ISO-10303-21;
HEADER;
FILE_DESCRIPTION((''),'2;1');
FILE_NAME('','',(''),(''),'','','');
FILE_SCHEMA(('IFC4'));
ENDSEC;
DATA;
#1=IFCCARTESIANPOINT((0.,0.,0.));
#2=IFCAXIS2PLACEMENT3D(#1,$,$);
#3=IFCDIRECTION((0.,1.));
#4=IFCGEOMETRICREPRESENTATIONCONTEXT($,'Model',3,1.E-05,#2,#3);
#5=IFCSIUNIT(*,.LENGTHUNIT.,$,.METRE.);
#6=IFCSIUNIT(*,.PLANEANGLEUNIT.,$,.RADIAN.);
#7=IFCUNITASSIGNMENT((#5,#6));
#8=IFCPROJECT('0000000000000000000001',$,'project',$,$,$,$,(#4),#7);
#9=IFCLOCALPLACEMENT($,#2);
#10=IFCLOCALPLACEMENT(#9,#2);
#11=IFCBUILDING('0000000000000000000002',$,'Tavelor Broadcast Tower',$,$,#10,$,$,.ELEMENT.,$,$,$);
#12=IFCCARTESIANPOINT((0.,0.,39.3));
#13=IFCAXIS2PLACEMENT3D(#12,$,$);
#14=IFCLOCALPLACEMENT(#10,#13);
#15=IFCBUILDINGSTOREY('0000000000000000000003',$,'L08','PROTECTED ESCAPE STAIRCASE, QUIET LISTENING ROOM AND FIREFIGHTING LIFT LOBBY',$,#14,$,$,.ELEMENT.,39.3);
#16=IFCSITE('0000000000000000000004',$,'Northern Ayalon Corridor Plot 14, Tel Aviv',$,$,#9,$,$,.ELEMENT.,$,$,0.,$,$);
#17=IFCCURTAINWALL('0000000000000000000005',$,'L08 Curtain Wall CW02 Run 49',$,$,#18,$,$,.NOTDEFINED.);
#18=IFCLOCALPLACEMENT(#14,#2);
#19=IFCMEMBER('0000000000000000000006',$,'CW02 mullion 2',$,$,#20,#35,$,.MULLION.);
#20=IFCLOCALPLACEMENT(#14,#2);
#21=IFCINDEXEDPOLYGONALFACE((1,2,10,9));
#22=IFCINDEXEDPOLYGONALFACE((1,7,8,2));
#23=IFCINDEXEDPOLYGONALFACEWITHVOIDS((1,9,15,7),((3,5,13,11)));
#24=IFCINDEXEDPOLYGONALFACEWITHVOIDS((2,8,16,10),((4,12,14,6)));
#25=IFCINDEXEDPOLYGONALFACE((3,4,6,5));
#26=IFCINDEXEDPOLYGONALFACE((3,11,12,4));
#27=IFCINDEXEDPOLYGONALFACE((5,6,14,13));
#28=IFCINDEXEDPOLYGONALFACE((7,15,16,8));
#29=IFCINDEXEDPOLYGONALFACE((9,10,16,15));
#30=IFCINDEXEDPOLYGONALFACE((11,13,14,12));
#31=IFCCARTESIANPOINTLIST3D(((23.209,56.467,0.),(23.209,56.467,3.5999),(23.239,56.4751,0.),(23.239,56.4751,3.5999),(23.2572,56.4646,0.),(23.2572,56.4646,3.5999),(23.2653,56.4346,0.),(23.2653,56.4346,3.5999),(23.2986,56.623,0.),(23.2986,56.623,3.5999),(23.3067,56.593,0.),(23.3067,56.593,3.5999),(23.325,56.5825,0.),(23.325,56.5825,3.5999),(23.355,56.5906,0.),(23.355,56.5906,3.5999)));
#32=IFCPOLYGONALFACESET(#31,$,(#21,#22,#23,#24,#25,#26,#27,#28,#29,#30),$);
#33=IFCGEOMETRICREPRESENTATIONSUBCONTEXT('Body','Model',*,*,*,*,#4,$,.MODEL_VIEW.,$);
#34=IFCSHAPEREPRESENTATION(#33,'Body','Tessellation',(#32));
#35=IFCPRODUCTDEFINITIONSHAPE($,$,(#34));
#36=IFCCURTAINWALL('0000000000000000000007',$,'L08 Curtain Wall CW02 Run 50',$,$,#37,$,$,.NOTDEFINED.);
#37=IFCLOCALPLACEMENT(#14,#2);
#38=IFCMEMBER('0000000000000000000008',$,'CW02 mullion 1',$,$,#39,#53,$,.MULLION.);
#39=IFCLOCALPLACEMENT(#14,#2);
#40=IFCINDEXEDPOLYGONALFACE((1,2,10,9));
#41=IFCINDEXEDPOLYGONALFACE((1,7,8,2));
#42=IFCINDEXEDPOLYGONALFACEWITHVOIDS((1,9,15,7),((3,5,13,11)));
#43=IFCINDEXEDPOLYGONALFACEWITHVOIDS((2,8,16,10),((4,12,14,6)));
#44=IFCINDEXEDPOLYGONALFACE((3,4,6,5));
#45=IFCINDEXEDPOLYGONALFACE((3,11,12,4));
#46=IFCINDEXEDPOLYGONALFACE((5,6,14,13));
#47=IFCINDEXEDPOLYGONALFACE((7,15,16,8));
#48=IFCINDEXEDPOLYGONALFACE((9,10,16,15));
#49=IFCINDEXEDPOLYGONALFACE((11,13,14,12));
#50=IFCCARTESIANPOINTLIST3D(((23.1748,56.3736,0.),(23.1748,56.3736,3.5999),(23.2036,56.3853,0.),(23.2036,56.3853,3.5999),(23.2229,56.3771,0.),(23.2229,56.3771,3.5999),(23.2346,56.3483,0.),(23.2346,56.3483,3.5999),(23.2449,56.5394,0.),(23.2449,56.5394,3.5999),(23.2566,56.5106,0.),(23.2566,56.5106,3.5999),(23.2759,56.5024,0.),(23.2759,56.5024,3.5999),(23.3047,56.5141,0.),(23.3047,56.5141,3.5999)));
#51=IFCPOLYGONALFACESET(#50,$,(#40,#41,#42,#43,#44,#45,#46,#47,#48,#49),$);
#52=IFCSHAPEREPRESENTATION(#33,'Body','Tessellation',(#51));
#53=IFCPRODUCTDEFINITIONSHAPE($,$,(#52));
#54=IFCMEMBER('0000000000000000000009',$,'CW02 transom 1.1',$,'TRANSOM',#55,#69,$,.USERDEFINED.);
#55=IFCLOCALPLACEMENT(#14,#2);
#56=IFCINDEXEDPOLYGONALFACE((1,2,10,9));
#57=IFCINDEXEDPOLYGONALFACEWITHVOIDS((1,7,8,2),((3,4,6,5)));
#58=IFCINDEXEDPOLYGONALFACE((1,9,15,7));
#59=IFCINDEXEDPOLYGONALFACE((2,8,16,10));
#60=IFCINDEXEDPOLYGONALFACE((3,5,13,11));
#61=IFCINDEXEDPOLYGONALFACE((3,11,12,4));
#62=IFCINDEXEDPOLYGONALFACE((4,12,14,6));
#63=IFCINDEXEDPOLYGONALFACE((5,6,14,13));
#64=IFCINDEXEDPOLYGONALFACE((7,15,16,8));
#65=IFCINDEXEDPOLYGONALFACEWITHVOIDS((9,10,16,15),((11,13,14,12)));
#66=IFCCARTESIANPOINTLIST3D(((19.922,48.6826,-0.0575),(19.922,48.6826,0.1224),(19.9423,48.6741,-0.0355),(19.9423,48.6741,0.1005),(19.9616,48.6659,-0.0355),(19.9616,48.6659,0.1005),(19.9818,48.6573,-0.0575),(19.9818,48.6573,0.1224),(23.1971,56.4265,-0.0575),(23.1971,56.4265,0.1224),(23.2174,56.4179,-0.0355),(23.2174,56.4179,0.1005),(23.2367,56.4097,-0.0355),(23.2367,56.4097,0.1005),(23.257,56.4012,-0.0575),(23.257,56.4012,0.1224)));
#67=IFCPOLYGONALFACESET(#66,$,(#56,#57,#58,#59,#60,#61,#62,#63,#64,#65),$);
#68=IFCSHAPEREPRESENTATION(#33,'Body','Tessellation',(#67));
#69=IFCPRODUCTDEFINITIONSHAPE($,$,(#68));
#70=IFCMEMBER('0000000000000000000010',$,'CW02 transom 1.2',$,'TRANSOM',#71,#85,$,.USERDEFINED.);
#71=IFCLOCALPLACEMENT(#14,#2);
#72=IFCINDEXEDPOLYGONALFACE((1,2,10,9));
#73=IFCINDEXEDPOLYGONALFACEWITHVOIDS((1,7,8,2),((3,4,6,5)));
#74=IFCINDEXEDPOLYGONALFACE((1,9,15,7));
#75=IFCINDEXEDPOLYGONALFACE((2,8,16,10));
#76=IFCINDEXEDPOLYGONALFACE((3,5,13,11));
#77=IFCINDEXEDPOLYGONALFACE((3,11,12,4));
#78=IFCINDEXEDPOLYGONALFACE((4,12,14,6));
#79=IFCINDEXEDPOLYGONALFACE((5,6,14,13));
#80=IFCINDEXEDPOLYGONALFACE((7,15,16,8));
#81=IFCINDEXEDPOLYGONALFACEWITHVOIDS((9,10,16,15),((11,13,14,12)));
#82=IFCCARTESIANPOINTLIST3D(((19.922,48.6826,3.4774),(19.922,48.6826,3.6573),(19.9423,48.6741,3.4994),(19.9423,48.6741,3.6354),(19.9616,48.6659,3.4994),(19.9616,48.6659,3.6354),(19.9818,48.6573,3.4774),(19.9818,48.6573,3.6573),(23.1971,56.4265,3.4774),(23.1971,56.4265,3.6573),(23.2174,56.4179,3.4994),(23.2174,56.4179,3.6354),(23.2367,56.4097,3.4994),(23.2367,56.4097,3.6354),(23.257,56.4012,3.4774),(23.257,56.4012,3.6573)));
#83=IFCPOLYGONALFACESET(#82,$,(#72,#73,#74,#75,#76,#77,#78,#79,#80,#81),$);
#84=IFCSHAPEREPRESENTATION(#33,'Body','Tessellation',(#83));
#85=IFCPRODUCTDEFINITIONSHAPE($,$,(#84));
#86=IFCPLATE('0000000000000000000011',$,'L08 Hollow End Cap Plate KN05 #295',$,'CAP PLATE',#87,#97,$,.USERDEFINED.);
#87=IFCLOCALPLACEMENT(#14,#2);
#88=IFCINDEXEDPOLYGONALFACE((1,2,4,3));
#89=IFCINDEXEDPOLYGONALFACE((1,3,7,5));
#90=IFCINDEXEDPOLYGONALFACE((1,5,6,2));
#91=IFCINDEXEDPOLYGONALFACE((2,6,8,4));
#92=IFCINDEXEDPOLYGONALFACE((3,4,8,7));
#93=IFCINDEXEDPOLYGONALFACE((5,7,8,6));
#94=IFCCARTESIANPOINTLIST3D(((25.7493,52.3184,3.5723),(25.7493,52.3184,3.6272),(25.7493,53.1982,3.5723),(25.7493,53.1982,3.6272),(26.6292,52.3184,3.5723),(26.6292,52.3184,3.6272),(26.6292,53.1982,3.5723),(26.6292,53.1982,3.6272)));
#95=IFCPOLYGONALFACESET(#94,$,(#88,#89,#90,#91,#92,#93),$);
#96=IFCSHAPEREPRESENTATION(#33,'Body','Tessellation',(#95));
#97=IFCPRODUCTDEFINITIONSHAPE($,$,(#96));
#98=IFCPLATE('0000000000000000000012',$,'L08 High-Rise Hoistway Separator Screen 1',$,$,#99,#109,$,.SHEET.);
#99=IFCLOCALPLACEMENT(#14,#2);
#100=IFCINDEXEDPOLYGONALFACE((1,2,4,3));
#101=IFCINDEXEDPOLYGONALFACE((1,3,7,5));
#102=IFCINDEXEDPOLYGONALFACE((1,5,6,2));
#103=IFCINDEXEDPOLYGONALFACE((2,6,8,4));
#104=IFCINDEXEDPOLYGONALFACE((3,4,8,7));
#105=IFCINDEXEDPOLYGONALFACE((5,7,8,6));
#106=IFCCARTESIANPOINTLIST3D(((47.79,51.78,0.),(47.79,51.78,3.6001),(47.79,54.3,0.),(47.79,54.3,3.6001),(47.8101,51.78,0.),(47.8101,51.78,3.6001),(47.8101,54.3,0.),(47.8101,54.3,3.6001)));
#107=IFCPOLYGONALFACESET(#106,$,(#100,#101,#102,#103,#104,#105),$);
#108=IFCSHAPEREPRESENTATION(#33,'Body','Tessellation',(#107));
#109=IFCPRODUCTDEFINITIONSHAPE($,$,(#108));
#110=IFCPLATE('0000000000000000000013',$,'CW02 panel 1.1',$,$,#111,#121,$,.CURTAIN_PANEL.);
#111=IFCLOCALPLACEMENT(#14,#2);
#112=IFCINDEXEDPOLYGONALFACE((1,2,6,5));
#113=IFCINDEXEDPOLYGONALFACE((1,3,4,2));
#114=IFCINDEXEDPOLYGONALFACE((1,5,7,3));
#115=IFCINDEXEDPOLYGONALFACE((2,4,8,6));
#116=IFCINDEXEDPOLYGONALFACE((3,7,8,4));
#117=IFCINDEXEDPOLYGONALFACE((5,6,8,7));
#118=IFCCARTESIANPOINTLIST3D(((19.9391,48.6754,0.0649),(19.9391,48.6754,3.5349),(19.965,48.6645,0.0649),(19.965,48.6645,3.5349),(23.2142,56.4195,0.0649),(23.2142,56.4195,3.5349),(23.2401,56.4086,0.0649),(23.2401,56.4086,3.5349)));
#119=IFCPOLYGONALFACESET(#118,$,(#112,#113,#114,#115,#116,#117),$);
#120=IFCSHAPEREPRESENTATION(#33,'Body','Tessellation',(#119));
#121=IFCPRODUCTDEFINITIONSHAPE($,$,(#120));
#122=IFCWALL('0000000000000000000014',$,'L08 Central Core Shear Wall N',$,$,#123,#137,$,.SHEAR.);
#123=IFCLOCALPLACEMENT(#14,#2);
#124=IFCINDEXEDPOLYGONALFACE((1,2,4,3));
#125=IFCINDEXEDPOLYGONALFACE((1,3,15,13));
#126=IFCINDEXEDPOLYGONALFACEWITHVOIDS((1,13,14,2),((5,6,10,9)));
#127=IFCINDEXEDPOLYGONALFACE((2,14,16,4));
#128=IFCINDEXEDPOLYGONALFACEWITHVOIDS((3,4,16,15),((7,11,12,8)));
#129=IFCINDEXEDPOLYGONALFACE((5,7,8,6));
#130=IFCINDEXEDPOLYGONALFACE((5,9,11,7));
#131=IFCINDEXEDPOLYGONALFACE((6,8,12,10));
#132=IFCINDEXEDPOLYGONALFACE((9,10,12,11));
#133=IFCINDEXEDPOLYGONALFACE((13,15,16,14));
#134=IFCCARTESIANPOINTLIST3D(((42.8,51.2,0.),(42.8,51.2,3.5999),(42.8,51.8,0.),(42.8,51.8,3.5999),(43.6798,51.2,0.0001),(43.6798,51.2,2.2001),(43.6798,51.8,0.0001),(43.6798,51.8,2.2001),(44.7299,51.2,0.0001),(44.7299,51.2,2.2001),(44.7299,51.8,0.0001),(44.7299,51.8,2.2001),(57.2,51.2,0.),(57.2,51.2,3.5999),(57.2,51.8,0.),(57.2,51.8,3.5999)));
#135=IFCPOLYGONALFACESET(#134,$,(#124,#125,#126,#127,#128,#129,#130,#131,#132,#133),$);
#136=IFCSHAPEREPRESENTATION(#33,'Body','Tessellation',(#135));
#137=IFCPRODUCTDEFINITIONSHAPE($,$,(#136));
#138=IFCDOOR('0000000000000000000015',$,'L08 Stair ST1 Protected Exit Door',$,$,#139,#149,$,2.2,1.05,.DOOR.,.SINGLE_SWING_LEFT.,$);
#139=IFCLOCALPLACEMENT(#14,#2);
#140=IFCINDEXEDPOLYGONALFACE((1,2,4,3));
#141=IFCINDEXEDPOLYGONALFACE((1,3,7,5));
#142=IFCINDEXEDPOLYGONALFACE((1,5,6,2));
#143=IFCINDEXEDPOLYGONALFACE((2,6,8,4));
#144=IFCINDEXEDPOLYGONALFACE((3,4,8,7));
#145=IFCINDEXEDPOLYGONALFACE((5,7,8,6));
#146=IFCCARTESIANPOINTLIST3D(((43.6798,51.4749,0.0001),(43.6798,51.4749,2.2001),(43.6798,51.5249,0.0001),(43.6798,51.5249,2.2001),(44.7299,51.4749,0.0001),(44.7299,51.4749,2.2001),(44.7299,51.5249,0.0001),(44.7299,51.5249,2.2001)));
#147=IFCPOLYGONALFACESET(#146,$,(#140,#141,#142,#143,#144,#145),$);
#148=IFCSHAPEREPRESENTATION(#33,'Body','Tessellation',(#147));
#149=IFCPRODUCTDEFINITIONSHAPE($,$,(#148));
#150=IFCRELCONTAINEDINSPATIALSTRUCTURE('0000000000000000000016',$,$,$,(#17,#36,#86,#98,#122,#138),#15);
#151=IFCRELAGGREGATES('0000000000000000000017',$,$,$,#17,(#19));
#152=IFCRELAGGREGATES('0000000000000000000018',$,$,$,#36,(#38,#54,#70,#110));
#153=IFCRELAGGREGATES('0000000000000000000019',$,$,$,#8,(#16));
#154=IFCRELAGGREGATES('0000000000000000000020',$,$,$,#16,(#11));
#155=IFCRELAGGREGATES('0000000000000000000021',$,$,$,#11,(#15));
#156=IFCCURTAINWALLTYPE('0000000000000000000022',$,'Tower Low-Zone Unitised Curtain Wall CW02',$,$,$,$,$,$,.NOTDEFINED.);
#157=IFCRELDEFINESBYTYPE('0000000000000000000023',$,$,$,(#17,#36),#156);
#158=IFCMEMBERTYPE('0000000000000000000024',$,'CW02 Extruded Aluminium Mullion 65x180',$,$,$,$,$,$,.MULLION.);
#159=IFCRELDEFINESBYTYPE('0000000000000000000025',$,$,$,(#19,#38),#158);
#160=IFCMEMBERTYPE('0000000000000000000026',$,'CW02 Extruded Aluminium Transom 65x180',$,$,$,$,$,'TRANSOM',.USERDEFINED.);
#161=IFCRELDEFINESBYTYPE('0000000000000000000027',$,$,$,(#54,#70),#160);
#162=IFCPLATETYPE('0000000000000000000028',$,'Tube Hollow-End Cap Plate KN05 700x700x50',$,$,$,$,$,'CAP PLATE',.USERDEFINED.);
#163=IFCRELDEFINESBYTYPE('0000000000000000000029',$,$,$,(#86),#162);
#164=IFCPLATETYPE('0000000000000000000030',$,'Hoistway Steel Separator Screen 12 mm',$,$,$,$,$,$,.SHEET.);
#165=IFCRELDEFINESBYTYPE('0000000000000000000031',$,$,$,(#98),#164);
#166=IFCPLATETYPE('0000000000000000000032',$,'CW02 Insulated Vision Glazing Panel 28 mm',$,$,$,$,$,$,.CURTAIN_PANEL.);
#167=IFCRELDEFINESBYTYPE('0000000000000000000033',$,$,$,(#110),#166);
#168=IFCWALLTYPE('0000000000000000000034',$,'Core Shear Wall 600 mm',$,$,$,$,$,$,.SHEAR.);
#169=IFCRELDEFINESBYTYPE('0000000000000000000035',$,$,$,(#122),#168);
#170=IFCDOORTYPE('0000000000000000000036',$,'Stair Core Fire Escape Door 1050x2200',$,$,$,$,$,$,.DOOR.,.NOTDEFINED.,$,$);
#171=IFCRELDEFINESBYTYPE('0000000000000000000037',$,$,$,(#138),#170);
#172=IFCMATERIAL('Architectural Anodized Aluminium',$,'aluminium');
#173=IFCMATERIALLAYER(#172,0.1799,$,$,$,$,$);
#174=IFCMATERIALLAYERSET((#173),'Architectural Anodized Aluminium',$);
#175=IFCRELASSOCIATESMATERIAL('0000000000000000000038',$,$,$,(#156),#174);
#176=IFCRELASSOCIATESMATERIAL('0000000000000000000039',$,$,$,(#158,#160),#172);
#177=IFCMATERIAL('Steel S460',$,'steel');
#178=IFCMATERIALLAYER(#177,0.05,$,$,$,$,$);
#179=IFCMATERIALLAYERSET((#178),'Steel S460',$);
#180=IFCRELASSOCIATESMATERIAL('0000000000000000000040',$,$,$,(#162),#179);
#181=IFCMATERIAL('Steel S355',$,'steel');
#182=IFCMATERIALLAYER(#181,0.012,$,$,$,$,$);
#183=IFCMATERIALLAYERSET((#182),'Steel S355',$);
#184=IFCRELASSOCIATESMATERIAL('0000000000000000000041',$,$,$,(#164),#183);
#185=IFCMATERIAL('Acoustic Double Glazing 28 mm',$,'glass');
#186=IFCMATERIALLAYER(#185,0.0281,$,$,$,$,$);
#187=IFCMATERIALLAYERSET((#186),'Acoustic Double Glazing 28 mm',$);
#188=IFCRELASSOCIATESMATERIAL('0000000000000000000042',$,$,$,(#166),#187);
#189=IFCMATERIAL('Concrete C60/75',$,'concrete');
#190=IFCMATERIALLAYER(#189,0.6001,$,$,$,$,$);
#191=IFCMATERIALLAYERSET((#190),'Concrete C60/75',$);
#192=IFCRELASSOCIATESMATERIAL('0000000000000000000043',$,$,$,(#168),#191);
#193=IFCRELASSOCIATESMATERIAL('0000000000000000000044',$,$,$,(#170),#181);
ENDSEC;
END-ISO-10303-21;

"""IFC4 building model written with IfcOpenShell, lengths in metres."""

from ifc_helpers import new_model, si_unit, direction, frame, frame_2d, origin, origin_2d, place, context, subcontext, project, spatial, rectangle, hollow_rectangle, extrude, source, transform, mapped, material, layer, layer_set, material_profile, profile_set, type_object, type_shapes, element, fill, aggregate, save


model = new_model("IFC4")

# Units and contexts
model_context = context("Model", 3, precision=1e-05, world=origin(), true_north=direction((0.0, 1.0)))
body_context = subcontext(model_context, "Body", "Model", "MODEL_VIEW")
ifc_project = project(units=[si_unit("LENGTHUNIT", "METRE"), si_unit("PLANEANGLEUNIT", "RADIAN")], contexts=[model_context])

# Site, building, storey
site_placement = place(None, origin())
site = spatial("IfcSite", under=ifc_project, at=site_placement, Name="Northern Ayalon Corridor Plot 14, Tel Aviv", CompositionType="ELEMENT", RefElevation=0.0)
building_placement = place(site_placement, origin())
building = spatial("IfcBuilding", under=site, at=building_placement, Name="Tavelor Broadcast Tower", CompositionType="ELEMENT")
storey_placement = place(building_placement, frame((0.0, 0.0, 39.3)))
storey = spatial("IfcBuildingStorey", under=building, at=storey_placement, Name="L08", Description="PROTECTED ESCAPE STAIRCASE, QUIET LISTENING ROOM AND FIREFIGHTING LIFT LOBBY", CompositionType="ELEMENT", Elevation=39.3)

# Shared definitions
ifc_material_1 = material(Name="Steel S460", Category="steel")

# Shared definitions
ifc_material_2 = material(Name="Steel S355", Category="steel")

# Curtain wall, member
ifc_material_3 = material(Name="Architectural Anodized Aluminium", Category="aluminium")
ifc_layer_1 = layer(ifc_material_3, 0.1799)
ifc_layer_set_1 = layer_set([ifc_layer_1], Name="Architectural Anodized Aluminium")
curtain_wall_type = type_object("IfcCurtainWallType", Name="Tower Low-Zone Unitised Curtain Wall CW02", PredefinedType="NOTDEFINED", material=ifc_layer_set_1)
curtain_wall_1_placement = place(storey_placement, origin())
curtain_wall_1 = element("IfcCurtainWall", 1, at=curtain_wall_1_placement, inside=storey, type_object=curtain_wall_type, Name="L08 Curtain Wall CW02 Run 49", PredefinedType="NOTDEFINED")
ifc_material_profile_1 = material_profile(ifc_material_3, hollow_rectangle(XDim=0.0649, YDim=0.1799, WallThickness=0.022, at=origin_2d()), Name="RHS 65x180x22")
ifc_profile_set_1 = profile_set([ifc_material_profile_1], Name="Architectural Anodized Aluminium")
member_type_1 = type_object("IfcMemberType", Name="CW02 Extruded Aluminium Mullion 65x180", PredefinedType="MULLION", material=ifc_profile_set_1)
shared_shape_1 = source(origin(), body_context, "Body", "SweptSolid", [
    extrude(hollow_rectangle(XDim=0.0649, YDim=0.1799, WallThickness=0.022, at=origin_2d()), origin(), (0.0, 0.0, 1.0), 3.5999),
])
type_shapes(member_type_1, [shared_shape_1])
member_1_placement = place(storey_placement, frame((23.282, 56.5288, 0.0), z_axis=(0.0, 0.0, 1.0), x_axis=(0.867111, -0.498116, 0.0)))
member_1 = element("IfcMember", 2, at=member_1_placement, type_object=member_type_1, Name="CW02 mullion 2", PredefinedType="MULLION", context=body_context, shape_type="MappedRepresentation", body=[
    mapped(shared_shape_1, transform((0.0, 0.0, 0.0), scale=1.0)),
])
aggregate(curtain_wall_1, [member_1])

# Curtain wall, members
curtain_wall_2_placement = place(storey_placement, origin())
curtain_wall_2 = element("IfcCurtainWall", 3, at=curtain_wall_2_placement, inside=storey, type_object=curtain_wall_type, Name="L08 Curtain Wall CW02 Run 50", PredefinedType="NOTDEFINED")
member_2_placement = place(storey_placement, frame((23.2397, 56.4438, 0.0), z_axis=(0.0, 0.0, 1.0), x_axis=(0.921022, -0.389512, 0.0)))
member_2 = element("IfcMember", 4, at=member_2_placement, type_object=member_type_1, Name="CW02 mullion 1", PredefinedType="MULLION", context=body_context, shape_type="MappedRepresentation", body=[
    mapped(shared_shape_1, transform((0.0, 0.0, 0.0), scale=1.0)),
])
ifc_material_profile_2 = material_profile(ifc_material_3, hollow_rectangle(XDim=0.0649, YDim=0.1799, WallThickness=0.022, at=origin_2d()), Name="RHS 65x180x22")
ifc_profile_set_2 = profile_set([ifc_material_profile_2], Name="Architectural Anodized Aluminium")
member_type_2 = type_object("IfcMemberType", Name="CW02 Extruded Aluminium Transom 65x180", ElementType="TRANSOM", PredefinedType="USERDEFINED", material=ifc_profile_set_2)
shared_shape_2 = source(origin(), body_context, "Body", "SweptSolid", [
    extrude(hollow_rectangle(XDim=0.0649, YDim=0.1799, WallThickness=0.022, at=origin_2d()), origin(), (0.0, 0.0, 1.0), 8.408),
])
type_shapes(member_type_2, [shared_shape_2])
member_3_placement = place(storey_placement, frame((23.2271, 56.4138, 0.0325), z_axis=(-0.389527, -0.921015, 0.0), x_axis=(0.921015, -0.389527, 0.0)))
member_3 = element("IfcMember", 5, at=member_3_placement, type_object=member_type_2, Name="CW02 transom 1.1", ObjectType="TRANSOM", PredefinedType="USERDEFINED", context=body_context, shape_type="MappedRepresentation", body=[
    mapped(shared_shape_2, transform((0.0, 0.0, 0.0), scale=1.0)),
])
member_4_placement = place(storey_placement, frame((23.2271, 56.4138, 3.5674), z_axis=(-0.389527, -0.921015, 0.0), x_axis=(0.921015, -0.389527, 0.0)))
member_4 = element("IfcMember", 6, at=member_4_placement, type_object=member_type_2, Name="CW02 transom 1.2", ObjectType="TRANSOM", PredefinedType="USERDEFINED", context=body_context, shape_type="MappedRepresentation", body=[
    mapped(shared_shape_2, transform((0.0, 0.0, 0.0), scale=1.0)),
])

# Plates
ifc_layer_2 = layer(ifc_material_1, 0.05)
ifc_layer_set_2 = layer_set([ifc_layer_2], Name="Steel S460")
plate_type_1 = type_object("IfcPlateType", Name="Tube Hollow-End Cap Plate KN05 700x700x50", ElementType="CAP PLATE", PredefinedType="USERDEFINED", material=ifc_layer_set_2)
shared_shape_3 = source(origin(), body_context, "Body", "SweptSolid", [
    extrude(rectangle(XDim=0.8799, YDim=0.8799, at=origin_2d()), origin(), (0.0, 0.0, 1.0), 0.0549),
])
type_shapes(plate_type_1, [shared_shape_3])
plate_1_placement = place(storey_placement, frame((26.1892, 52.7583, 3.5723), z_axis=(0.0, 0.0, 1.0), x_axis=(1.0, 0.0, 0.0)))
element("IfcPlate", 7, at=plate_1_placement, inside=storey, type_object=plate_type_1, Name="L08 Hollow End Cap Plate KN05 #295", ObjectType="CAP PLATE", PredefinedType="USERDEFINED", context=body_context, shape_type="MappedRepresentation", body=[
    mapped(shared_shape_3, transform((0.0, 0.0, 0.0), scale=1.0)),
])
ifc_layer_3 = layer(ifc_material_2, 0.012)
ifc_layer_set_3 = layer_set([ifc_layer_3], Name="Steel S355")
plate_type_2 = type_object("IfcPlateType", Name="Hoistway Steel Separator Screen 12 mm", PredefinedType="SHEET", material=ifc_layer_set_3)
shared_shape_4 = source(origin(), body_context, "Body", "SweptSolid", [
    extrude(rectangle(XDim=0.02, YDim=2.52, at=origin_2d()), origin(), (0.0, 0.0, 1.0), 3.6001),
])
type_shapes(plate_type_2, [shared_shape_4])
plate_2_placement = place(storey_placement, frame((47.8, 53.04, 0.0), z_axis=(0.0, 0.0, 1.0), x_axis=(1.0, 0.0, 0.0)))
element("IfcPlate", 8, at=plate_2_placement, inside=storey, type_object=plate_type_2, Name="L08 High-Rise Hoistway Separator Screen 1", PredefinedType="SHEET", context=body_context, shape_type="MappedRepresentation", body=[
    mapped(shared_shape_4, transform((0.0, 0.0, 0.0), scale=1.0)),
])

# Plate
ifc_material_4 = material(Name="Acoustic Double Glazing 28 mm", Category="glass")
ifc_layer_4 = layer(ifc_material_4, 0.0281)
ifc_layer_set_4 = layer_set([ifc_layer_4], Name="Acoustic Double Glazing 28 mm")
plate_type_3 = type_object("IfcPlateType", Name="CW02 Insulated Vision Glazing Panel 28 mm", PredefinedType="CURTAIN_PANEL", material=ifc_layer_set_4)
shared_shape_5 = source(origin(), body_context, "Body", "SweptSolid", [
    extrude(rectangle(XDim=8.4082, YDim=0.0281, at=origin_2d()), origin(), (0.0, 0.0, 1.0), 3.47),
])
type_shapes(plate_type_3, [shared_shape_5])
plate_3_placement = place(storey_placement, frame((21.5896, 52.542, 0.0649), z_axis=(0.0, 0.0, 1.0), x_axis=(-0.389512, -0.921022, 0.0)))
plate_3 = element("IfcPlate", 9, at=plate_3_placement, type_object=plate_type_3, Name="CW02 panel 1.1", PredefinedType="CURTAIN_PANEL", context=body_context, shape_type="MappedRepresentation", body=[
    mapped(shared_shape_5, transform((0.0, 0.0, 0.0), scale=1.0)),
])
aggregate(curtain_wall_2, [member_2, member_3, member_4, plate_3])

# Wall, opening, door
ifc_material_5 = material(Name="Concrete C60/75", Category="concrete")
ifc_layer_5 = layer(ifc_material_5, 0.6001)
ifc_layer_set_5 = layer_set([ifc_layer_5], Name="Concrete C60/75")
wall_type_1 = type_object("IfcWallType", Name="Core Shear Wall 600 mm", PredefinedType="SHEAR", material=ifc_layer_set_5)
wall_1_placement = place(storey_placement, frame((42.8, 51.5, 0.0), z_axis=(0.0, 0.0, 1.0), x_axis=(1.0, 0.0, 0.0)))
wall_1 = element("IfcWall", 10, at=wall_1_placement, inside=storey, type_object=wall_type_1, Name="L08 Central Core Shear Wall N", PredefinedType="SHEAR", context=body_context, shape_type="SweptSolid", body=[
    extrude(rectangle(XDim=14.3999, YDim=0.6001, at=frame_2d((7.2, 0.0))), origin(), (0.0, 0.0, 1.0), 3.5999),
])
opening_1_placement = place(wall_1_placement, frame((0.8799, 0.0, 0.0)))
opening_1 = element("IfcOpeningElement", 11, at=opening_1_placement, cuts=wall_1, PredefinedType="OPENING", context=body_context, shape_type="SweptSolid", body=[
    extrude(rectangle(XDim=1.05, YDim=2.2, at=frame_2d((0.5249, 1.1001))), frame((0.0, 0.3101, 0.0), z_axis=(0.0, -1.0, 0.0), x_axis=(1.0, 0.0, 0.0)), (0.0, 0.0, 1.0), 0.6201),
])
door_type_1 = type_object("IfcDoorType", Name="Stair Core Fire Escape Door 1050x2200", OperationType="NOTDEFINED", PredefinedType="DOOR", material=ifc_material_2)
door_1_placement = place(opening_1_placement, origin())
door_1 = element("IfcDoor", 12, at=door_1_placement, inside=storey, type_object=door_type_1, Name="L08 Stair ST1 Protected Exit Door", OperationType="SINGLE_SWING_LEFT", OverallHeight=2.2, OverallWidth=1.05, PredefinedType="DOOR", context=body_context, shape_type="SweptSolid", body=[
    extrude(rectangle(XDim=1.05, YDim=2.2, at=frame_2d((0.5249, 1.1001))), frame((0.0, 0.0249, 0.0), z_axis=(0.0, -1.0, 0.0), x_axis=(1.0, 0.0, 0.0)), (0.0, 0.0, 1.0), 0.05),
])
fill(opening_1, door_1)

save(model, "model.ifc")
